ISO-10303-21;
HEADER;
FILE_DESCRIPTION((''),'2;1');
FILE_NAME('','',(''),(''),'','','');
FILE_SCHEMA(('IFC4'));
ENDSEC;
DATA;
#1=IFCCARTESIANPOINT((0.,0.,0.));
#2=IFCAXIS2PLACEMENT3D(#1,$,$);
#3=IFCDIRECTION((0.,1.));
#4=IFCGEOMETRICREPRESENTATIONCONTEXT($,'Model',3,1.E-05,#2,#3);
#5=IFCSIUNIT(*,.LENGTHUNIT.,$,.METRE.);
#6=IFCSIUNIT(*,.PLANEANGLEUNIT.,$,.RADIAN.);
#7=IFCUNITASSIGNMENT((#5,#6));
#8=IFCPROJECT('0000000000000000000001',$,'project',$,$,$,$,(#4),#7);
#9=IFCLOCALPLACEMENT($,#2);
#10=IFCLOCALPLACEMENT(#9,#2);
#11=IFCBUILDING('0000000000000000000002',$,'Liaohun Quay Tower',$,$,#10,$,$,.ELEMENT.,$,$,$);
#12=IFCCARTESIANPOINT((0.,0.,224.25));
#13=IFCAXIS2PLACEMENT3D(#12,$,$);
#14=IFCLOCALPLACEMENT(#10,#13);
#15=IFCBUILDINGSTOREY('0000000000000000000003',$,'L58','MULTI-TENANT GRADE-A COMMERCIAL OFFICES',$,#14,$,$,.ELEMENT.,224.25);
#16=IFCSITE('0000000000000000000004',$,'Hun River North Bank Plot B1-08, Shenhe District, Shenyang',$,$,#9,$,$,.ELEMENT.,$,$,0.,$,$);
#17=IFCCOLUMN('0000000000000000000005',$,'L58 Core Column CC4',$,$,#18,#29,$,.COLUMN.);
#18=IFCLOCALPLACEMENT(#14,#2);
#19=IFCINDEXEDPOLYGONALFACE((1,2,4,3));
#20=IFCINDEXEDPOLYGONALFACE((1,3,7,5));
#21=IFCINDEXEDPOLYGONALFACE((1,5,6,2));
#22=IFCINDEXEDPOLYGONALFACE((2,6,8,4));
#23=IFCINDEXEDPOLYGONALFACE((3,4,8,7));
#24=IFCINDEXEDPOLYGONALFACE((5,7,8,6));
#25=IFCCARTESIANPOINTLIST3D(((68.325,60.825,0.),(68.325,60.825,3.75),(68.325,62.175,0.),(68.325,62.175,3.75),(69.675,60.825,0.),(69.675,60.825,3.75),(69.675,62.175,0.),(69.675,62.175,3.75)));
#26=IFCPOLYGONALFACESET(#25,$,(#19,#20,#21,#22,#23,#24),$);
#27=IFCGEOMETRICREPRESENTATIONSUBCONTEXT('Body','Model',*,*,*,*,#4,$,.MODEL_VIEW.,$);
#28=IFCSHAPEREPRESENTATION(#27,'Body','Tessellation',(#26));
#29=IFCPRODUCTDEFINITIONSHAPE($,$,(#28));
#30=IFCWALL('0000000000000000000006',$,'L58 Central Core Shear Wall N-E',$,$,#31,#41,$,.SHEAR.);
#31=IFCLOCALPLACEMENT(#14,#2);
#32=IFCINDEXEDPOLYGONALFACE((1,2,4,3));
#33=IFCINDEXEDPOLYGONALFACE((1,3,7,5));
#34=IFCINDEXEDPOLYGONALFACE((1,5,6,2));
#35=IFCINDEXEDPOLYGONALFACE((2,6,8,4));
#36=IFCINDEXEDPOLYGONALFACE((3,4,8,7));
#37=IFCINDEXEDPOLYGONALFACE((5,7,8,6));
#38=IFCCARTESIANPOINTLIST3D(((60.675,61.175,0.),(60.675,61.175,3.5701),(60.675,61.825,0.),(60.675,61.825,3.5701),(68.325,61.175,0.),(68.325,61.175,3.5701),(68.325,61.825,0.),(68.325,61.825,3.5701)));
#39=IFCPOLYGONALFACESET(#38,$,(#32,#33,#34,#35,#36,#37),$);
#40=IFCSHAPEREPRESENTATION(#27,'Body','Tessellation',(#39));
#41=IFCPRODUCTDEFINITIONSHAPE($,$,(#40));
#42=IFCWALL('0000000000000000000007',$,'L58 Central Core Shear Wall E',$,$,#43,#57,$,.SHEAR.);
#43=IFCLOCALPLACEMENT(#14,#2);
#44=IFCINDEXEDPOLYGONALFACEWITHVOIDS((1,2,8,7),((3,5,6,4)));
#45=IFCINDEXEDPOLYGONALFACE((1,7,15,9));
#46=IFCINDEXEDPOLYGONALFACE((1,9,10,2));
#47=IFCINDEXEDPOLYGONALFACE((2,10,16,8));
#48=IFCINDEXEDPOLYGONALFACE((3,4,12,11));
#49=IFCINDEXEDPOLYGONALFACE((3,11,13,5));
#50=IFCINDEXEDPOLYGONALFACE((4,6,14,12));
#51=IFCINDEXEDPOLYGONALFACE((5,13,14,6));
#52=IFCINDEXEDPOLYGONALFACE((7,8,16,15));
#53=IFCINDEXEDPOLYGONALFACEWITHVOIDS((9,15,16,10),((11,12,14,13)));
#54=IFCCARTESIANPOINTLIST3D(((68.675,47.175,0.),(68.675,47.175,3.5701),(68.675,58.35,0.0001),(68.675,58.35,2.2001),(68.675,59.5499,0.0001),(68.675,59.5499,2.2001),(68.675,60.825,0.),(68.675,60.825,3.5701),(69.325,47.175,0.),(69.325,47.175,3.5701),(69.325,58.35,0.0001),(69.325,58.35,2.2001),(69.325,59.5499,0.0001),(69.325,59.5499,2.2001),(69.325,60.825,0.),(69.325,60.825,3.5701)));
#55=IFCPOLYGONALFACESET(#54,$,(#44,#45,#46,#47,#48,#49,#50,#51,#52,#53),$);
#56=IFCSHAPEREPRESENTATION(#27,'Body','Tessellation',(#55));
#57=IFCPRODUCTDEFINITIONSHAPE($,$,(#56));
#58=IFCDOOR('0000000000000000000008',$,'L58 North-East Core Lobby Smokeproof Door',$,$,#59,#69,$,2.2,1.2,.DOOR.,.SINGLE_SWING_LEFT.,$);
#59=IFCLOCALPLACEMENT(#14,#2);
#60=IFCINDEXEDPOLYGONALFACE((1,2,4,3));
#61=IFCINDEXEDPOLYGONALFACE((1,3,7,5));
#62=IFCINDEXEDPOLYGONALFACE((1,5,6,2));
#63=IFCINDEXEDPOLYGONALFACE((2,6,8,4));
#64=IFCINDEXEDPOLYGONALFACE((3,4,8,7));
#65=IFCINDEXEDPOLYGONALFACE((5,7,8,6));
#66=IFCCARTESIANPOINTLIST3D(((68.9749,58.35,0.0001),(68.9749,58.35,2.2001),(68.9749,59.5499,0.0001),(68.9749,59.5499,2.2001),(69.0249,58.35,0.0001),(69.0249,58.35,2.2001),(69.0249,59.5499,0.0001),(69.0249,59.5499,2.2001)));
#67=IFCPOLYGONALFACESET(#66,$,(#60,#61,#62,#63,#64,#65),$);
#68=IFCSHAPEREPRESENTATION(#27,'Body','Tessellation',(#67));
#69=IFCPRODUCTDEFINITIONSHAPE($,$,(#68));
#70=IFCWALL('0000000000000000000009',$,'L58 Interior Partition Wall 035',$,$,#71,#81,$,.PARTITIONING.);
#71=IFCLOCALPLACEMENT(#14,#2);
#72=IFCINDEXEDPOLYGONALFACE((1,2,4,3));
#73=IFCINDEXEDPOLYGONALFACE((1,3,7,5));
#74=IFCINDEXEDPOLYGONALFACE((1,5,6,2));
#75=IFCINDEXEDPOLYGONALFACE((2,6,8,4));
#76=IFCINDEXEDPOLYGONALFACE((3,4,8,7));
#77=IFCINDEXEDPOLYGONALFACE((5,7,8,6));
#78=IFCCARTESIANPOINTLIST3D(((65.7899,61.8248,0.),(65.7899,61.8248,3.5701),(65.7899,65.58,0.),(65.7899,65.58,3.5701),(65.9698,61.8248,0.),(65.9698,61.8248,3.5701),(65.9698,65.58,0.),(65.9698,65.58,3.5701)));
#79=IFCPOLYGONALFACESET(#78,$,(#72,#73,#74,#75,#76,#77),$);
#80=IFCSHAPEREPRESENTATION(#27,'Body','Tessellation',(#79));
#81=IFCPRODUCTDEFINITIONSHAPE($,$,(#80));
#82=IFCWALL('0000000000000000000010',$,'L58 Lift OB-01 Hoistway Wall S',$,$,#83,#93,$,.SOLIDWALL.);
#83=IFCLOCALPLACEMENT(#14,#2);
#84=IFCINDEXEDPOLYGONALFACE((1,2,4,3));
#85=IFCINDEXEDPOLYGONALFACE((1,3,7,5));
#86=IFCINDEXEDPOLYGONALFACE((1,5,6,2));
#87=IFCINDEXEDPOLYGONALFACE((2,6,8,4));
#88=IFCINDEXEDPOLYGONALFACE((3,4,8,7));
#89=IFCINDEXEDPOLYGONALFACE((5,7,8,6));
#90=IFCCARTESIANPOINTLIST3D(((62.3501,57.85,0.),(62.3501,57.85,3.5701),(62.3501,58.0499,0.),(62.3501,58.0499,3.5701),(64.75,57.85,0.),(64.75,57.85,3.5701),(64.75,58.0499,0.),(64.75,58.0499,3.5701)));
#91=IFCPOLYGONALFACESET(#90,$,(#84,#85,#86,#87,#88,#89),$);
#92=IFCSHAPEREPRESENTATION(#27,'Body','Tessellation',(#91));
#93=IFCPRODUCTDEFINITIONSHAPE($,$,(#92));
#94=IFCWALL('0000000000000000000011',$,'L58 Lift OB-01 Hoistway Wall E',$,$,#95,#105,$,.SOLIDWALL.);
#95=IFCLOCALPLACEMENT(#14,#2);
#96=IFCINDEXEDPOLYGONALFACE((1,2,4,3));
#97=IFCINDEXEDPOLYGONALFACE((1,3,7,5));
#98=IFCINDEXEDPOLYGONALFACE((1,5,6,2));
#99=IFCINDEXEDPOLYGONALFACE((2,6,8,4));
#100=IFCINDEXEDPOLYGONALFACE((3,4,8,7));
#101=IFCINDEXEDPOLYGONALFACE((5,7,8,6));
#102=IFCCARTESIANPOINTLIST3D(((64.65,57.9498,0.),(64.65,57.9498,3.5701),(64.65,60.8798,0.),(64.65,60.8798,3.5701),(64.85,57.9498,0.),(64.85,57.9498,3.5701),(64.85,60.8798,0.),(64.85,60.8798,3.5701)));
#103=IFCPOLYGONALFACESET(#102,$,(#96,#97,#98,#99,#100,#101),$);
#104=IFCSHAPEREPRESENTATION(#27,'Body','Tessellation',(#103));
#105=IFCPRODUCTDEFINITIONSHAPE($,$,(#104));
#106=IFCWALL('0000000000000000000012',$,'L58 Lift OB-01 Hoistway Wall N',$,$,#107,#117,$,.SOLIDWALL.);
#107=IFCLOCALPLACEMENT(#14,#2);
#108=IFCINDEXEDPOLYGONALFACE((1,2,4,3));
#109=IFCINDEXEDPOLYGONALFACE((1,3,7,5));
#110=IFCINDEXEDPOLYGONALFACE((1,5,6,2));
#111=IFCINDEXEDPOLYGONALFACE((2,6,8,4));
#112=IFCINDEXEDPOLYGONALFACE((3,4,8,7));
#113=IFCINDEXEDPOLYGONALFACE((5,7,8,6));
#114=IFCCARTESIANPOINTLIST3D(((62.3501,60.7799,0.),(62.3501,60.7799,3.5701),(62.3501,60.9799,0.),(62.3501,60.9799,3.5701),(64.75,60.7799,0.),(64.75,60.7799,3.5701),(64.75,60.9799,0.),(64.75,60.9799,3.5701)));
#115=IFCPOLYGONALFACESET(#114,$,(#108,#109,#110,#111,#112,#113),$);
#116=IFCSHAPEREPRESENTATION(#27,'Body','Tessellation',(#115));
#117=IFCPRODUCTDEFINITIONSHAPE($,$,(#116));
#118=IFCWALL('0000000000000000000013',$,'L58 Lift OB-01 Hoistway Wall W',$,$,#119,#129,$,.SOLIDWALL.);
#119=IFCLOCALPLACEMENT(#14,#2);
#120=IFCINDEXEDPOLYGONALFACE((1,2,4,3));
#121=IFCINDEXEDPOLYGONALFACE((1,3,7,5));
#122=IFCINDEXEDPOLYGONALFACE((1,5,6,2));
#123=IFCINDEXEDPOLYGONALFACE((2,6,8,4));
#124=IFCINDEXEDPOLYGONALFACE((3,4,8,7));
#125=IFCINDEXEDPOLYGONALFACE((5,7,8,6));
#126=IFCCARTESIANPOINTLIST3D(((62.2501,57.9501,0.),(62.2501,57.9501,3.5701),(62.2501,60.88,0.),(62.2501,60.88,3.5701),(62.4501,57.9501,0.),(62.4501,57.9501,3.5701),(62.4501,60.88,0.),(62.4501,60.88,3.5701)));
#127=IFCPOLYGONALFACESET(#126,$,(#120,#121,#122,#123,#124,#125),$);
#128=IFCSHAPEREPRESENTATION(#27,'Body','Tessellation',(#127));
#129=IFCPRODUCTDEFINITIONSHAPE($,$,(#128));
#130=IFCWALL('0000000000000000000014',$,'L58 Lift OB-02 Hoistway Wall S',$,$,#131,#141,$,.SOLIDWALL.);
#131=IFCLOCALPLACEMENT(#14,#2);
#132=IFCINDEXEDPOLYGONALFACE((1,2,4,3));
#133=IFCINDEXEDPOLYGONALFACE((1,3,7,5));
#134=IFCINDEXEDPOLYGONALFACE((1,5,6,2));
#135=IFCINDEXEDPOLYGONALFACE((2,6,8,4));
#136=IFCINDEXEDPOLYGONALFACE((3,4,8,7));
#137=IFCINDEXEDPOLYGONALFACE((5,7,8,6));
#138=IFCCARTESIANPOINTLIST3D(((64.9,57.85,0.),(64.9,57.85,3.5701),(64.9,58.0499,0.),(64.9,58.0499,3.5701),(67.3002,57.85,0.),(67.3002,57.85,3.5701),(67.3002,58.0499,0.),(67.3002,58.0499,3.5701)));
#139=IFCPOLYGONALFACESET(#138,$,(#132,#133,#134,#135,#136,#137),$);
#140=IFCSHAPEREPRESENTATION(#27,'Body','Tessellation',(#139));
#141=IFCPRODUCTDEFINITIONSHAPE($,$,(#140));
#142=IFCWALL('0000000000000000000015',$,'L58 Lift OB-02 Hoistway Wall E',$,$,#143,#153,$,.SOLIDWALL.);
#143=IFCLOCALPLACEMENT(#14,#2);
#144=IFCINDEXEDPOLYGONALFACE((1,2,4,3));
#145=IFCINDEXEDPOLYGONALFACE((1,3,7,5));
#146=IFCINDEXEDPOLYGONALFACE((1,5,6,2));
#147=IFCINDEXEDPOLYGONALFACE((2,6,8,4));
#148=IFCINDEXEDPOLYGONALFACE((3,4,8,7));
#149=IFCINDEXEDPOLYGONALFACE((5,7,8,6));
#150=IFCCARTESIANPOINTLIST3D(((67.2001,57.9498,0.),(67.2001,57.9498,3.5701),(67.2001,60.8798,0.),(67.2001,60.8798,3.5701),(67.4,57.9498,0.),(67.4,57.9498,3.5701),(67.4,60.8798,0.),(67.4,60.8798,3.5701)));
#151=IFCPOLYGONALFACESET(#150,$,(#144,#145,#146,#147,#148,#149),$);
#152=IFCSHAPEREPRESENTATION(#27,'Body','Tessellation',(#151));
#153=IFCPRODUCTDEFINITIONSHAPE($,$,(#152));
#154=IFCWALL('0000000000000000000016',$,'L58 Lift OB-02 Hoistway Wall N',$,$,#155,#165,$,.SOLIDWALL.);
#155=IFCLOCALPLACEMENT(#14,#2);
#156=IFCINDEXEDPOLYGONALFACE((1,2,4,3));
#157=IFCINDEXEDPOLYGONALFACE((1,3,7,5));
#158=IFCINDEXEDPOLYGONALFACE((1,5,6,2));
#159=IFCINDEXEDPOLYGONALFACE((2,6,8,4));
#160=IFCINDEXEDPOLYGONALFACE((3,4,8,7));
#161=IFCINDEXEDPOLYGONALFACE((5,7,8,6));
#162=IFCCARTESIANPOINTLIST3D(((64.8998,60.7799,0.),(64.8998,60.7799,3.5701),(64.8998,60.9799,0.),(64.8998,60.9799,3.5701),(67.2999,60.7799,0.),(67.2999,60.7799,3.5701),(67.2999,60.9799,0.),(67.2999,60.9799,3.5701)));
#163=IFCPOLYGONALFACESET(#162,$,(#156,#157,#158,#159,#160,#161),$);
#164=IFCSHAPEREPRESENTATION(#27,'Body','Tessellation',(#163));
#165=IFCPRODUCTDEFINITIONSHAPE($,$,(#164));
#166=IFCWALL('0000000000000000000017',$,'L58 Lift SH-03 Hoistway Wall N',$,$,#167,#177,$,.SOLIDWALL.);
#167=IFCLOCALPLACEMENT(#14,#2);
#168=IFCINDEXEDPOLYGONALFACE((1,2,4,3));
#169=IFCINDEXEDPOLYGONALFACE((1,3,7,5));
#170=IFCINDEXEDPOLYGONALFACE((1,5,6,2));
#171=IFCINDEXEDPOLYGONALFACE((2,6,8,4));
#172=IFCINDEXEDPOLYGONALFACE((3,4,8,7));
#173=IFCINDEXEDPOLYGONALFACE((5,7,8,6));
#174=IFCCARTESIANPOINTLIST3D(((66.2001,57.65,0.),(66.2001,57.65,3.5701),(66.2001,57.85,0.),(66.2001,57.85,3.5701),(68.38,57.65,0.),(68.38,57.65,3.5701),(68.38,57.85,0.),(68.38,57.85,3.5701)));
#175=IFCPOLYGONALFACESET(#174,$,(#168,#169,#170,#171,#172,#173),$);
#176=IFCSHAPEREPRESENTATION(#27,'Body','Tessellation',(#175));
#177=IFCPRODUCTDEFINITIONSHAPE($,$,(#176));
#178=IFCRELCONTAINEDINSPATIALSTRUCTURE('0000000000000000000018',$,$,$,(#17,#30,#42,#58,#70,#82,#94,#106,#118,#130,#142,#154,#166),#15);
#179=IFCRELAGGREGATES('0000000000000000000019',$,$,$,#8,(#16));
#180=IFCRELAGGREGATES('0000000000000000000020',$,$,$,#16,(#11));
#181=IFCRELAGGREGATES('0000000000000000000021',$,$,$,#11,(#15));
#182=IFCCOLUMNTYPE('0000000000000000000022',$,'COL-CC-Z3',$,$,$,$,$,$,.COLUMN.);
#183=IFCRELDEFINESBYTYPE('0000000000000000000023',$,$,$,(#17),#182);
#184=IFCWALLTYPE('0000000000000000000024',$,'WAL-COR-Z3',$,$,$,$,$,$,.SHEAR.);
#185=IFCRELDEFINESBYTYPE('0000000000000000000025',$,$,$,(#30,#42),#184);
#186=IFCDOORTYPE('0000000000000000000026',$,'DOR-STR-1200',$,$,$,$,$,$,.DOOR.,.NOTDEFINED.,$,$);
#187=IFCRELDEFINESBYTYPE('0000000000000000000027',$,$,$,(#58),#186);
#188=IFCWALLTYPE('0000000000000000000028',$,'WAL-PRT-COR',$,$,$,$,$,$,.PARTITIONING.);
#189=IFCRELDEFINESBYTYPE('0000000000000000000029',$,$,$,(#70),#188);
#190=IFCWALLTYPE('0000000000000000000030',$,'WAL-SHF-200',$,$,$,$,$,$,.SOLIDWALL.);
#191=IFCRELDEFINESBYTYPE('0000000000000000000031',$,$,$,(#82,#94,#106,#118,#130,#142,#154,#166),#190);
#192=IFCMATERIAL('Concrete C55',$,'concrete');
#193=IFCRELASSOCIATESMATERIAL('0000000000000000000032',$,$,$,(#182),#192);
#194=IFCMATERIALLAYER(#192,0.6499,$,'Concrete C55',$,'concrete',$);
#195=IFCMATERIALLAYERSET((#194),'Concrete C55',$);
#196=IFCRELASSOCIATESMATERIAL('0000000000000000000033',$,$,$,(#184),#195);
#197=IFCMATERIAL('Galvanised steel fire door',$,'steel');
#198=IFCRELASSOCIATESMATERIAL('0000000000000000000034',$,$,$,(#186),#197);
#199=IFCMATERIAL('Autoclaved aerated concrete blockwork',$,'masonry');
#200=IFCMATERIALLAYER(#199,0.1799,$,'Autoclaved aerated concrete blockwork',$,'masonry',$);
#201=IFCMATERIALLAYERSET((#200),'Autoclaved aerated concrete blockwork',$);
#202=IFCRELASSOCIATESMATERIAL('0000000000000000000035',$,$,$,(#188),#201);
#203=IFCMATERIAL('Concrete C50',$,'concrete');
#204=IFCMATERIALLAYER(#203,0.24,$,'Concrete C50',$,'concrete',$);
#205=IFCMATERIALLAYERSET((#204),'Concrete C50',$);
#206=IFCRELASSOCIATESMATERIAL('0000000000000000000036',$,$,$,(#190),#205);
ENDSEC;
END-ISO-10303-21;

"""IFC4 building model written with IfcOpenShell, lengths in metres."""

from ifc_helpers import new_model, si_unit, direction, frame, frame_2d, origin, origin_2d, place, context, subcontext, project, spatial, rectangle, extrude, source, transform, mapped, material, layer, layer_set, material_profile, profile_set, type_object, element, fill, save


model = new_model("IFC4")

# Units and contexts
model_context = context("Model", 3, precision=1e-05, world=origin(), true_north=direction((0.0, 1.0)))
body_context = subcontext(model_context, "Body", "Model", "MODEL_VIEW")
ifc_project = project(units=[si_unit("LENGTHUNIT", "METRE"), si_unit("PLANEANGLEUNIT", "RADIAN")], contexts=[model_context])

# Site, building, storey
site_placement = place(None, origin())
site = spatial("IfcSite", under=ifc_project, at=site_placement, Name="Hun River North Bank Plot B1-08, Shenhe District, Shenyang", CompositionType="ELEMENT", RefElevation=0.0)
building_placement = place(site_placement, origin())
building = spatial("IfcBuilding", under=site, at=building_placement, Name="Liaohun Quay Tower", CompositionType="ELEMENT")
storey_placement = place(building_placement, frame((0.0, 0.0, 224.25)))
storey = spatial("IfcBuildingStorey", under=building, at=storey_placement, Name="L58", Description="MULTI-TENANT GRADE-A COMMERCIAL OFFICES", CompositionType="ELEMENT", Elevation=224.25)

# Column
ifc_material_1 = material(Name="Concrete C55", Category="concrete")
ifc_material_profile = material_profile(ifc_material_1, rectangle(XDim=1.3501, YDim=1.3501, at=origin_2d()), Name="RC1350x1350")
ifc_profile_set = profile_set([ifc_material_profile], Name="Concrete C55")
column_type = type_object("IfcColumnType", Name="COL-CC-Z3", PredefinedType="COLUMN", material=ifc_profile_set)
shared_shape_1 = source(origin(), body_context, "Body", "SweptSolid", [
    extrude(rectangle(XDim=1.3501, YDim=1.3501, at=origin_2d()), origin(), (0.0, 0.0, 1.0), 3.75),
])
column_placement = place(storey_placement, frame((69.0, 61.5, 0.0), z_axis=(0.0, 0.0, 1.0), x_axis=(1.0, 0.0, 0.0)))
element("IfcColumn", 1, at=column_placement, inside=storey, type_object=column_type, Name="L58 Core Column CC4", PredefinedType="COLUMN", context=body_context, shape_type="MappedRepresentation", body=[
    mapped(shared_shape_1, transform((0.0, 0.0, 0.0), x_axis=(1.0, 0.0, 0.0), y_axis=(0.0, 1.0, 0.0), z_axis=(0.0, 0.0, 1.0), scale=1.0)),
])

# Wall
ifc_layer_1 = layer(ifc_material_1, 0.6499, Name="Concrete C55", Category="concrete")
ifc_layer_set_1 = layer_set([ifc_layer_1], Name="Concrete C55")
wall_type_1 = type_object("IfcWallType", Name="WAL-COR-Z3", PredefinedType="SHEAR", material=ifc_layer_set_1)
wall_1_placement = place(storey_placement, frame((60.675, 61.5, 0.0), z_axis=(0.0, 0.0, 1.0), x_axis=(1.0, 0.0, 0.0)))
element("IfcWall", 2, at=wall_1_placement, inside=storey, type_object=wall_type_1, Name="L58 Central Core Shear Wall N-E", PredefinedType="SHEAR", context=body_context, shape_type="SweptSolid", body=[
    extrude(rectangle(XDim=7.6499, YDim=0.6499, at=frame_2d((3.825, 0.0))), origin(), (0.0, 0.0, 1.0), 3.5701),
])

# Wall, opening, door
wall_2_placement = place(storey_placement, frame((69.0, 60.825, 0.0), z_axis=(0.0, 0.0, 1.0), x_axis=(0.0, -1.0, 0.0)))
wall_2 = element("IfcWall", 3, at=wall_2_placement, inside=storey, type_object=wall_type_1, Name="L58 Central Core Shear Wall E", PredefinedType="SHEAR", context=body_context, shape_type="SweptSolid", body=[
    extrude(rectangle(XDim=13.6499, YDim=0.6499, at=frame_2d((6.825, 0.0))), origin(), (0.0, 0.0, 1.0), 3.5701),
])
shared_shape_2 = source(origin(), body_context, "Body", "SweptSolid", [
    extrude(rectangle(XDim=1.2, YDim=2.2, at=frame_2d((0.6001, 1.1001))), frame((0.0, 0.335, 0.0), z_axis=(0.0, -1.0, 0.0), x_axis=(1.0, 0.0, 0.0)), (0.0, 0.0, 1.0), 0.6699),
])
opening_placement = place(wall_2_placement, frame((1.2749, 0.0, 0.0)))
opening = element("IfcOpeningElement", 4, at=opening_placement, cuts=wall_2, PredefinedType="OPENING", context=body_context, shape_type="MappedRepresentation", body=[
    mapped(shared_shape_2, transform((0.0, 0.0, 0.0), x_axis=(1.0, 0.0, 0.0), y_axis=(0.0, 1.0, 0.0), z_axis=(0.0, 0.0, 1.0), scale=1.0)),
])
ifc_material_2 = material(Name="Galvanised steel fire door", Category="steel")
door_type = type_object("IfcDoorType", Name="DOR-STR-1200", OperationType="NOTDEFINED", PredefinedType="DOOR", material=ifc_material_2)
shared_shape_3 = source(origin(), body_context, "Body", "SweptSolid", [
    extrude(rectangle(XDim=1.2, YDim=2.2, at=frame_2d((0.6001, 1.1001))), frame((0.0, 0.0249, 0.0), z_axis=(0.0, -1.0, 0.0), x_axis=(1.0, 0.0, 0.0)), (0.0, 0.0, 1.0), 0.05),
])
door_placement = place(opening_placement, origin())
door = element("IfcDoor", 5, at=door_placement, inside=storey, type_object=door_type, Name="L58 North-East Core Lobby Smokeproof Door", OperationType="SINGLE_SWING_LEFT", OverallHeight=2.2, OverallWidth=1.2, PredefinedType="DOOR", context=body_context, shape_type="MappedRepresentation", body=[
    mapped(shared_shape_3, transform((0.0, 0.0, 0.0), x_axis=(1.0, 0.0, 0.0), y_axis=(0.0, 1.0, 0.0), z_axis=(0.0, 0.0, 1.0), scale=1.0)),
])
fill(opening, door)

# Walls
ifc_material_3 = material(Name="Autoclaved aerated concrete blockwork", Category="masonry")
ifc_layer_2 = layer(ifc_material_3, 0.1799, Name="Autoclaved aerated concrete blockwork", Category="masonry")
ifc_layer_set_2 = layer_set([ifc_layer_2], Name="Autoclaved aerated concrete blockwork")
wall_type_2 = type_object("IfcWallType", Name="WAL-PRT-COR", PredefinedType="PARTITIONING", material=ifc_layer_set_2)
wall_3_placement = place(storey_placement, frame((65.8799, 61.825, 0.0), z_axis=(0.0, 0.0, 1.0), x_axis=(0.0, 1.0, 0.0)))
element("IfcWall", 6, at=wall_3_placement, inside=storey, type_object=wall_type_2, Name="L58 Interior Partition Wall 035", PredefinedType="PARTITIONING", context=body_context, shape_type="SweptSolid", body=[
    extrude(rectangle(XDim=3.7551, YDim=0.1799, at=frame_2d((1.8774, 0.0))), origin(), (0.0, 0.0, 1.0), 3.5701),
])
ifc_material_4 = material(Name="Concrete C50", Category="concrete")
ifc_layer_3 = layer(ifc_material_4, 0.24, Name="Concrete C50", Category="concrete")
ifc_layer_set_3 = layer_set([ifc_layer_3], Name="Concrete C50")
wall_type_3 = type_object("IfcWallType", Name="WAL-SHF-200", PredefinedType="SOLIDWALL", material=ifc_layer_set_3)
wall_4_placement = place(storey_placement, frame((62.3501, 57.95, 0.0), z_axis=(0.0, 0.0, 1.0), x_axis=(1.0, 0.0, 0.0)))
element("IfcWall", 7, at=wall_4_placement, inside=storey, type_object=wall_type_3, Name="L58 Lift OB-01 Hoistway Wall S", PredefinedType="SOLIDWALL", context=body_context, shape_type="SweptSolid", body=[
    extrude(rectangle(XDim=2.3999, YDim=0.2, at=frame_2d((1.2, 0.0))), origin(), (0.0, 0.0, 1.0), 3.5701),
])
wall_5_placement = place(storey_placement, frame((64.75, 57.95, 0.0), z_axis=(0.0, 0.0, 1.0), x_axis=(0.0, 1.0, 0.0)))
element("IfcWall", 8, at=wall_5_placement, inside=storey, type_object=wall_type_3, Name="L58 Lift OB-01 Hoistway Wall E", PredefinedType="SOLIDWALL", context=body_context, shape_type="SweptSolid", body=[
    extrude(rectangle(XDim=2.9299, YDim=0.2, at=frame_2d((1.4648, 0.0))), origin(), (0.0, 0.0, 1.0), 3.5701),
])
wall_6_placement = place(storey_placement, frame((64.75, 60.8799, 0.0), z_axis=(0.0, 0.0, 1.0), x_axis=(-1.0, 0.0, 0.0)))
element("IfcWall", 9, at=wall_6_placement, inside=storey, type_object=wall_type_3, Name="L58 Lift OB-01 Hoistway Wall N", PredefinedType="SOLIDWALL", context=body_context, shape_type="SweptSolid", body=[
    extrude(rectangle(XDim=2.3999, YDim=0.2, at=frame_2d((1.2, 0.0))), origin(), (0.0, 0.0, 1.0), 3.5701),
])
wall_7_placement = place(storey_placement, frame((62.3501, 60.8799, 0.0), z_axis=(0.0, 0.0, 1.0), x_axis=(0.0, -1.0, 0.0)))
element("IfcWall", 10, at=wall_7_placement, inside=storey, type_object=wall_type_3, Name="L58 Lift OB-01 Hoistway Wall W", PredefinedType="SOLIDWALL", context=body_context, shape_type="SweptSolid", body=[
    extrude(rectangle(XDim=2.9299, YDim=0.2, at=frame_2d((1.4648, 0.0))), origin(), (0.0, 0.0, 1.0), 3.5701),
])
wall_8_placement = place(storey_placement, frame((64.8999, 57.95, 0.0), z_axis=(0.0, 0.0, 1.0), x_axis=(1.0, 0.0, 0.0)))
element("IfcWall", 11, at=wall_8_placement, inside=storey, type_object=wall_type_3, Name="L58 Lift OB-02 Hoistway Wall S", PredefinedType="SOLIDWALL", context=body_context, shape_type="SweptSolid", body=[
    extrude(rectangle(XDim=2.4001, YDim=0.2, at=frame_2d((1.2002, 0.0))), origin(), (0.0, 0.0, 1.0), 3.5701),
])
wall_9_placement = place(storey_placement, frame((67.3, 57.95, 0.0), z_axis=(0.0, 0.0, 1.0), x_axis=(0.0, 1.0, 0.0)))
element("IfcWall", 12, at=wall_9_placement, inside=storey, type_object=wall_type_3, Name="L58 Lift OB-02 Hoistway Wall E", PredefinedType="SOLIDWALL", context=body_context, shape_type="SweptSolid", body=[
    extrude(rectangle(XDim=2.9299, YDim=0.2, at=frame_2d((1.4648, 0.0))), origin(), (0.0, 0.0, 1.0), 3.5701),
])
wall_10_placement = place(storey_placement, frame((67.3, 60.8799, 0.0), z_axis=(0.0, 0.0, 1.0), x_axis=(-1.0, 0.0, 0.0)))
element("IfcWall", 13, at=wall_10_placement, inside=storey, type_object=wall_type_3, Name="L58 Lift OB-02 Hoistway Wall N", PredefinedType="SOLIDWALL", context=body_context, shape_type="SweptSolid", body=[
    extrude(rectangle(XDim=2.4001, YDim=0.2, at=frame_2d((1.2002, 0.0))), origin(), (0.0, 0.0, 1.0), 3.5701),
])
wall_11_placement = place(storey_placement, frame((68.3799, 57.75, 0.0), z_axis=(0.0, 0.0, 1.0), x_axis=(-1.0, 0.0, 0.0)))
element("IfcWall", 14, at=wall_11_placement, inside=storey, type_object=wall_type_3, Name="L58 Lift SH-03 Hoistway Wall N", PredefinedType="SOLIDWALL", context=body_context, shape_type="SweptSolid", body=[
    extrude(rectangle(XDim=2.1799, YDim=0.2, at=frame_2d((1.0898, 0.0))), origin(), (0.0, 0.0, 1.0), 3.5701),
])

save(model, "model.ifc")
